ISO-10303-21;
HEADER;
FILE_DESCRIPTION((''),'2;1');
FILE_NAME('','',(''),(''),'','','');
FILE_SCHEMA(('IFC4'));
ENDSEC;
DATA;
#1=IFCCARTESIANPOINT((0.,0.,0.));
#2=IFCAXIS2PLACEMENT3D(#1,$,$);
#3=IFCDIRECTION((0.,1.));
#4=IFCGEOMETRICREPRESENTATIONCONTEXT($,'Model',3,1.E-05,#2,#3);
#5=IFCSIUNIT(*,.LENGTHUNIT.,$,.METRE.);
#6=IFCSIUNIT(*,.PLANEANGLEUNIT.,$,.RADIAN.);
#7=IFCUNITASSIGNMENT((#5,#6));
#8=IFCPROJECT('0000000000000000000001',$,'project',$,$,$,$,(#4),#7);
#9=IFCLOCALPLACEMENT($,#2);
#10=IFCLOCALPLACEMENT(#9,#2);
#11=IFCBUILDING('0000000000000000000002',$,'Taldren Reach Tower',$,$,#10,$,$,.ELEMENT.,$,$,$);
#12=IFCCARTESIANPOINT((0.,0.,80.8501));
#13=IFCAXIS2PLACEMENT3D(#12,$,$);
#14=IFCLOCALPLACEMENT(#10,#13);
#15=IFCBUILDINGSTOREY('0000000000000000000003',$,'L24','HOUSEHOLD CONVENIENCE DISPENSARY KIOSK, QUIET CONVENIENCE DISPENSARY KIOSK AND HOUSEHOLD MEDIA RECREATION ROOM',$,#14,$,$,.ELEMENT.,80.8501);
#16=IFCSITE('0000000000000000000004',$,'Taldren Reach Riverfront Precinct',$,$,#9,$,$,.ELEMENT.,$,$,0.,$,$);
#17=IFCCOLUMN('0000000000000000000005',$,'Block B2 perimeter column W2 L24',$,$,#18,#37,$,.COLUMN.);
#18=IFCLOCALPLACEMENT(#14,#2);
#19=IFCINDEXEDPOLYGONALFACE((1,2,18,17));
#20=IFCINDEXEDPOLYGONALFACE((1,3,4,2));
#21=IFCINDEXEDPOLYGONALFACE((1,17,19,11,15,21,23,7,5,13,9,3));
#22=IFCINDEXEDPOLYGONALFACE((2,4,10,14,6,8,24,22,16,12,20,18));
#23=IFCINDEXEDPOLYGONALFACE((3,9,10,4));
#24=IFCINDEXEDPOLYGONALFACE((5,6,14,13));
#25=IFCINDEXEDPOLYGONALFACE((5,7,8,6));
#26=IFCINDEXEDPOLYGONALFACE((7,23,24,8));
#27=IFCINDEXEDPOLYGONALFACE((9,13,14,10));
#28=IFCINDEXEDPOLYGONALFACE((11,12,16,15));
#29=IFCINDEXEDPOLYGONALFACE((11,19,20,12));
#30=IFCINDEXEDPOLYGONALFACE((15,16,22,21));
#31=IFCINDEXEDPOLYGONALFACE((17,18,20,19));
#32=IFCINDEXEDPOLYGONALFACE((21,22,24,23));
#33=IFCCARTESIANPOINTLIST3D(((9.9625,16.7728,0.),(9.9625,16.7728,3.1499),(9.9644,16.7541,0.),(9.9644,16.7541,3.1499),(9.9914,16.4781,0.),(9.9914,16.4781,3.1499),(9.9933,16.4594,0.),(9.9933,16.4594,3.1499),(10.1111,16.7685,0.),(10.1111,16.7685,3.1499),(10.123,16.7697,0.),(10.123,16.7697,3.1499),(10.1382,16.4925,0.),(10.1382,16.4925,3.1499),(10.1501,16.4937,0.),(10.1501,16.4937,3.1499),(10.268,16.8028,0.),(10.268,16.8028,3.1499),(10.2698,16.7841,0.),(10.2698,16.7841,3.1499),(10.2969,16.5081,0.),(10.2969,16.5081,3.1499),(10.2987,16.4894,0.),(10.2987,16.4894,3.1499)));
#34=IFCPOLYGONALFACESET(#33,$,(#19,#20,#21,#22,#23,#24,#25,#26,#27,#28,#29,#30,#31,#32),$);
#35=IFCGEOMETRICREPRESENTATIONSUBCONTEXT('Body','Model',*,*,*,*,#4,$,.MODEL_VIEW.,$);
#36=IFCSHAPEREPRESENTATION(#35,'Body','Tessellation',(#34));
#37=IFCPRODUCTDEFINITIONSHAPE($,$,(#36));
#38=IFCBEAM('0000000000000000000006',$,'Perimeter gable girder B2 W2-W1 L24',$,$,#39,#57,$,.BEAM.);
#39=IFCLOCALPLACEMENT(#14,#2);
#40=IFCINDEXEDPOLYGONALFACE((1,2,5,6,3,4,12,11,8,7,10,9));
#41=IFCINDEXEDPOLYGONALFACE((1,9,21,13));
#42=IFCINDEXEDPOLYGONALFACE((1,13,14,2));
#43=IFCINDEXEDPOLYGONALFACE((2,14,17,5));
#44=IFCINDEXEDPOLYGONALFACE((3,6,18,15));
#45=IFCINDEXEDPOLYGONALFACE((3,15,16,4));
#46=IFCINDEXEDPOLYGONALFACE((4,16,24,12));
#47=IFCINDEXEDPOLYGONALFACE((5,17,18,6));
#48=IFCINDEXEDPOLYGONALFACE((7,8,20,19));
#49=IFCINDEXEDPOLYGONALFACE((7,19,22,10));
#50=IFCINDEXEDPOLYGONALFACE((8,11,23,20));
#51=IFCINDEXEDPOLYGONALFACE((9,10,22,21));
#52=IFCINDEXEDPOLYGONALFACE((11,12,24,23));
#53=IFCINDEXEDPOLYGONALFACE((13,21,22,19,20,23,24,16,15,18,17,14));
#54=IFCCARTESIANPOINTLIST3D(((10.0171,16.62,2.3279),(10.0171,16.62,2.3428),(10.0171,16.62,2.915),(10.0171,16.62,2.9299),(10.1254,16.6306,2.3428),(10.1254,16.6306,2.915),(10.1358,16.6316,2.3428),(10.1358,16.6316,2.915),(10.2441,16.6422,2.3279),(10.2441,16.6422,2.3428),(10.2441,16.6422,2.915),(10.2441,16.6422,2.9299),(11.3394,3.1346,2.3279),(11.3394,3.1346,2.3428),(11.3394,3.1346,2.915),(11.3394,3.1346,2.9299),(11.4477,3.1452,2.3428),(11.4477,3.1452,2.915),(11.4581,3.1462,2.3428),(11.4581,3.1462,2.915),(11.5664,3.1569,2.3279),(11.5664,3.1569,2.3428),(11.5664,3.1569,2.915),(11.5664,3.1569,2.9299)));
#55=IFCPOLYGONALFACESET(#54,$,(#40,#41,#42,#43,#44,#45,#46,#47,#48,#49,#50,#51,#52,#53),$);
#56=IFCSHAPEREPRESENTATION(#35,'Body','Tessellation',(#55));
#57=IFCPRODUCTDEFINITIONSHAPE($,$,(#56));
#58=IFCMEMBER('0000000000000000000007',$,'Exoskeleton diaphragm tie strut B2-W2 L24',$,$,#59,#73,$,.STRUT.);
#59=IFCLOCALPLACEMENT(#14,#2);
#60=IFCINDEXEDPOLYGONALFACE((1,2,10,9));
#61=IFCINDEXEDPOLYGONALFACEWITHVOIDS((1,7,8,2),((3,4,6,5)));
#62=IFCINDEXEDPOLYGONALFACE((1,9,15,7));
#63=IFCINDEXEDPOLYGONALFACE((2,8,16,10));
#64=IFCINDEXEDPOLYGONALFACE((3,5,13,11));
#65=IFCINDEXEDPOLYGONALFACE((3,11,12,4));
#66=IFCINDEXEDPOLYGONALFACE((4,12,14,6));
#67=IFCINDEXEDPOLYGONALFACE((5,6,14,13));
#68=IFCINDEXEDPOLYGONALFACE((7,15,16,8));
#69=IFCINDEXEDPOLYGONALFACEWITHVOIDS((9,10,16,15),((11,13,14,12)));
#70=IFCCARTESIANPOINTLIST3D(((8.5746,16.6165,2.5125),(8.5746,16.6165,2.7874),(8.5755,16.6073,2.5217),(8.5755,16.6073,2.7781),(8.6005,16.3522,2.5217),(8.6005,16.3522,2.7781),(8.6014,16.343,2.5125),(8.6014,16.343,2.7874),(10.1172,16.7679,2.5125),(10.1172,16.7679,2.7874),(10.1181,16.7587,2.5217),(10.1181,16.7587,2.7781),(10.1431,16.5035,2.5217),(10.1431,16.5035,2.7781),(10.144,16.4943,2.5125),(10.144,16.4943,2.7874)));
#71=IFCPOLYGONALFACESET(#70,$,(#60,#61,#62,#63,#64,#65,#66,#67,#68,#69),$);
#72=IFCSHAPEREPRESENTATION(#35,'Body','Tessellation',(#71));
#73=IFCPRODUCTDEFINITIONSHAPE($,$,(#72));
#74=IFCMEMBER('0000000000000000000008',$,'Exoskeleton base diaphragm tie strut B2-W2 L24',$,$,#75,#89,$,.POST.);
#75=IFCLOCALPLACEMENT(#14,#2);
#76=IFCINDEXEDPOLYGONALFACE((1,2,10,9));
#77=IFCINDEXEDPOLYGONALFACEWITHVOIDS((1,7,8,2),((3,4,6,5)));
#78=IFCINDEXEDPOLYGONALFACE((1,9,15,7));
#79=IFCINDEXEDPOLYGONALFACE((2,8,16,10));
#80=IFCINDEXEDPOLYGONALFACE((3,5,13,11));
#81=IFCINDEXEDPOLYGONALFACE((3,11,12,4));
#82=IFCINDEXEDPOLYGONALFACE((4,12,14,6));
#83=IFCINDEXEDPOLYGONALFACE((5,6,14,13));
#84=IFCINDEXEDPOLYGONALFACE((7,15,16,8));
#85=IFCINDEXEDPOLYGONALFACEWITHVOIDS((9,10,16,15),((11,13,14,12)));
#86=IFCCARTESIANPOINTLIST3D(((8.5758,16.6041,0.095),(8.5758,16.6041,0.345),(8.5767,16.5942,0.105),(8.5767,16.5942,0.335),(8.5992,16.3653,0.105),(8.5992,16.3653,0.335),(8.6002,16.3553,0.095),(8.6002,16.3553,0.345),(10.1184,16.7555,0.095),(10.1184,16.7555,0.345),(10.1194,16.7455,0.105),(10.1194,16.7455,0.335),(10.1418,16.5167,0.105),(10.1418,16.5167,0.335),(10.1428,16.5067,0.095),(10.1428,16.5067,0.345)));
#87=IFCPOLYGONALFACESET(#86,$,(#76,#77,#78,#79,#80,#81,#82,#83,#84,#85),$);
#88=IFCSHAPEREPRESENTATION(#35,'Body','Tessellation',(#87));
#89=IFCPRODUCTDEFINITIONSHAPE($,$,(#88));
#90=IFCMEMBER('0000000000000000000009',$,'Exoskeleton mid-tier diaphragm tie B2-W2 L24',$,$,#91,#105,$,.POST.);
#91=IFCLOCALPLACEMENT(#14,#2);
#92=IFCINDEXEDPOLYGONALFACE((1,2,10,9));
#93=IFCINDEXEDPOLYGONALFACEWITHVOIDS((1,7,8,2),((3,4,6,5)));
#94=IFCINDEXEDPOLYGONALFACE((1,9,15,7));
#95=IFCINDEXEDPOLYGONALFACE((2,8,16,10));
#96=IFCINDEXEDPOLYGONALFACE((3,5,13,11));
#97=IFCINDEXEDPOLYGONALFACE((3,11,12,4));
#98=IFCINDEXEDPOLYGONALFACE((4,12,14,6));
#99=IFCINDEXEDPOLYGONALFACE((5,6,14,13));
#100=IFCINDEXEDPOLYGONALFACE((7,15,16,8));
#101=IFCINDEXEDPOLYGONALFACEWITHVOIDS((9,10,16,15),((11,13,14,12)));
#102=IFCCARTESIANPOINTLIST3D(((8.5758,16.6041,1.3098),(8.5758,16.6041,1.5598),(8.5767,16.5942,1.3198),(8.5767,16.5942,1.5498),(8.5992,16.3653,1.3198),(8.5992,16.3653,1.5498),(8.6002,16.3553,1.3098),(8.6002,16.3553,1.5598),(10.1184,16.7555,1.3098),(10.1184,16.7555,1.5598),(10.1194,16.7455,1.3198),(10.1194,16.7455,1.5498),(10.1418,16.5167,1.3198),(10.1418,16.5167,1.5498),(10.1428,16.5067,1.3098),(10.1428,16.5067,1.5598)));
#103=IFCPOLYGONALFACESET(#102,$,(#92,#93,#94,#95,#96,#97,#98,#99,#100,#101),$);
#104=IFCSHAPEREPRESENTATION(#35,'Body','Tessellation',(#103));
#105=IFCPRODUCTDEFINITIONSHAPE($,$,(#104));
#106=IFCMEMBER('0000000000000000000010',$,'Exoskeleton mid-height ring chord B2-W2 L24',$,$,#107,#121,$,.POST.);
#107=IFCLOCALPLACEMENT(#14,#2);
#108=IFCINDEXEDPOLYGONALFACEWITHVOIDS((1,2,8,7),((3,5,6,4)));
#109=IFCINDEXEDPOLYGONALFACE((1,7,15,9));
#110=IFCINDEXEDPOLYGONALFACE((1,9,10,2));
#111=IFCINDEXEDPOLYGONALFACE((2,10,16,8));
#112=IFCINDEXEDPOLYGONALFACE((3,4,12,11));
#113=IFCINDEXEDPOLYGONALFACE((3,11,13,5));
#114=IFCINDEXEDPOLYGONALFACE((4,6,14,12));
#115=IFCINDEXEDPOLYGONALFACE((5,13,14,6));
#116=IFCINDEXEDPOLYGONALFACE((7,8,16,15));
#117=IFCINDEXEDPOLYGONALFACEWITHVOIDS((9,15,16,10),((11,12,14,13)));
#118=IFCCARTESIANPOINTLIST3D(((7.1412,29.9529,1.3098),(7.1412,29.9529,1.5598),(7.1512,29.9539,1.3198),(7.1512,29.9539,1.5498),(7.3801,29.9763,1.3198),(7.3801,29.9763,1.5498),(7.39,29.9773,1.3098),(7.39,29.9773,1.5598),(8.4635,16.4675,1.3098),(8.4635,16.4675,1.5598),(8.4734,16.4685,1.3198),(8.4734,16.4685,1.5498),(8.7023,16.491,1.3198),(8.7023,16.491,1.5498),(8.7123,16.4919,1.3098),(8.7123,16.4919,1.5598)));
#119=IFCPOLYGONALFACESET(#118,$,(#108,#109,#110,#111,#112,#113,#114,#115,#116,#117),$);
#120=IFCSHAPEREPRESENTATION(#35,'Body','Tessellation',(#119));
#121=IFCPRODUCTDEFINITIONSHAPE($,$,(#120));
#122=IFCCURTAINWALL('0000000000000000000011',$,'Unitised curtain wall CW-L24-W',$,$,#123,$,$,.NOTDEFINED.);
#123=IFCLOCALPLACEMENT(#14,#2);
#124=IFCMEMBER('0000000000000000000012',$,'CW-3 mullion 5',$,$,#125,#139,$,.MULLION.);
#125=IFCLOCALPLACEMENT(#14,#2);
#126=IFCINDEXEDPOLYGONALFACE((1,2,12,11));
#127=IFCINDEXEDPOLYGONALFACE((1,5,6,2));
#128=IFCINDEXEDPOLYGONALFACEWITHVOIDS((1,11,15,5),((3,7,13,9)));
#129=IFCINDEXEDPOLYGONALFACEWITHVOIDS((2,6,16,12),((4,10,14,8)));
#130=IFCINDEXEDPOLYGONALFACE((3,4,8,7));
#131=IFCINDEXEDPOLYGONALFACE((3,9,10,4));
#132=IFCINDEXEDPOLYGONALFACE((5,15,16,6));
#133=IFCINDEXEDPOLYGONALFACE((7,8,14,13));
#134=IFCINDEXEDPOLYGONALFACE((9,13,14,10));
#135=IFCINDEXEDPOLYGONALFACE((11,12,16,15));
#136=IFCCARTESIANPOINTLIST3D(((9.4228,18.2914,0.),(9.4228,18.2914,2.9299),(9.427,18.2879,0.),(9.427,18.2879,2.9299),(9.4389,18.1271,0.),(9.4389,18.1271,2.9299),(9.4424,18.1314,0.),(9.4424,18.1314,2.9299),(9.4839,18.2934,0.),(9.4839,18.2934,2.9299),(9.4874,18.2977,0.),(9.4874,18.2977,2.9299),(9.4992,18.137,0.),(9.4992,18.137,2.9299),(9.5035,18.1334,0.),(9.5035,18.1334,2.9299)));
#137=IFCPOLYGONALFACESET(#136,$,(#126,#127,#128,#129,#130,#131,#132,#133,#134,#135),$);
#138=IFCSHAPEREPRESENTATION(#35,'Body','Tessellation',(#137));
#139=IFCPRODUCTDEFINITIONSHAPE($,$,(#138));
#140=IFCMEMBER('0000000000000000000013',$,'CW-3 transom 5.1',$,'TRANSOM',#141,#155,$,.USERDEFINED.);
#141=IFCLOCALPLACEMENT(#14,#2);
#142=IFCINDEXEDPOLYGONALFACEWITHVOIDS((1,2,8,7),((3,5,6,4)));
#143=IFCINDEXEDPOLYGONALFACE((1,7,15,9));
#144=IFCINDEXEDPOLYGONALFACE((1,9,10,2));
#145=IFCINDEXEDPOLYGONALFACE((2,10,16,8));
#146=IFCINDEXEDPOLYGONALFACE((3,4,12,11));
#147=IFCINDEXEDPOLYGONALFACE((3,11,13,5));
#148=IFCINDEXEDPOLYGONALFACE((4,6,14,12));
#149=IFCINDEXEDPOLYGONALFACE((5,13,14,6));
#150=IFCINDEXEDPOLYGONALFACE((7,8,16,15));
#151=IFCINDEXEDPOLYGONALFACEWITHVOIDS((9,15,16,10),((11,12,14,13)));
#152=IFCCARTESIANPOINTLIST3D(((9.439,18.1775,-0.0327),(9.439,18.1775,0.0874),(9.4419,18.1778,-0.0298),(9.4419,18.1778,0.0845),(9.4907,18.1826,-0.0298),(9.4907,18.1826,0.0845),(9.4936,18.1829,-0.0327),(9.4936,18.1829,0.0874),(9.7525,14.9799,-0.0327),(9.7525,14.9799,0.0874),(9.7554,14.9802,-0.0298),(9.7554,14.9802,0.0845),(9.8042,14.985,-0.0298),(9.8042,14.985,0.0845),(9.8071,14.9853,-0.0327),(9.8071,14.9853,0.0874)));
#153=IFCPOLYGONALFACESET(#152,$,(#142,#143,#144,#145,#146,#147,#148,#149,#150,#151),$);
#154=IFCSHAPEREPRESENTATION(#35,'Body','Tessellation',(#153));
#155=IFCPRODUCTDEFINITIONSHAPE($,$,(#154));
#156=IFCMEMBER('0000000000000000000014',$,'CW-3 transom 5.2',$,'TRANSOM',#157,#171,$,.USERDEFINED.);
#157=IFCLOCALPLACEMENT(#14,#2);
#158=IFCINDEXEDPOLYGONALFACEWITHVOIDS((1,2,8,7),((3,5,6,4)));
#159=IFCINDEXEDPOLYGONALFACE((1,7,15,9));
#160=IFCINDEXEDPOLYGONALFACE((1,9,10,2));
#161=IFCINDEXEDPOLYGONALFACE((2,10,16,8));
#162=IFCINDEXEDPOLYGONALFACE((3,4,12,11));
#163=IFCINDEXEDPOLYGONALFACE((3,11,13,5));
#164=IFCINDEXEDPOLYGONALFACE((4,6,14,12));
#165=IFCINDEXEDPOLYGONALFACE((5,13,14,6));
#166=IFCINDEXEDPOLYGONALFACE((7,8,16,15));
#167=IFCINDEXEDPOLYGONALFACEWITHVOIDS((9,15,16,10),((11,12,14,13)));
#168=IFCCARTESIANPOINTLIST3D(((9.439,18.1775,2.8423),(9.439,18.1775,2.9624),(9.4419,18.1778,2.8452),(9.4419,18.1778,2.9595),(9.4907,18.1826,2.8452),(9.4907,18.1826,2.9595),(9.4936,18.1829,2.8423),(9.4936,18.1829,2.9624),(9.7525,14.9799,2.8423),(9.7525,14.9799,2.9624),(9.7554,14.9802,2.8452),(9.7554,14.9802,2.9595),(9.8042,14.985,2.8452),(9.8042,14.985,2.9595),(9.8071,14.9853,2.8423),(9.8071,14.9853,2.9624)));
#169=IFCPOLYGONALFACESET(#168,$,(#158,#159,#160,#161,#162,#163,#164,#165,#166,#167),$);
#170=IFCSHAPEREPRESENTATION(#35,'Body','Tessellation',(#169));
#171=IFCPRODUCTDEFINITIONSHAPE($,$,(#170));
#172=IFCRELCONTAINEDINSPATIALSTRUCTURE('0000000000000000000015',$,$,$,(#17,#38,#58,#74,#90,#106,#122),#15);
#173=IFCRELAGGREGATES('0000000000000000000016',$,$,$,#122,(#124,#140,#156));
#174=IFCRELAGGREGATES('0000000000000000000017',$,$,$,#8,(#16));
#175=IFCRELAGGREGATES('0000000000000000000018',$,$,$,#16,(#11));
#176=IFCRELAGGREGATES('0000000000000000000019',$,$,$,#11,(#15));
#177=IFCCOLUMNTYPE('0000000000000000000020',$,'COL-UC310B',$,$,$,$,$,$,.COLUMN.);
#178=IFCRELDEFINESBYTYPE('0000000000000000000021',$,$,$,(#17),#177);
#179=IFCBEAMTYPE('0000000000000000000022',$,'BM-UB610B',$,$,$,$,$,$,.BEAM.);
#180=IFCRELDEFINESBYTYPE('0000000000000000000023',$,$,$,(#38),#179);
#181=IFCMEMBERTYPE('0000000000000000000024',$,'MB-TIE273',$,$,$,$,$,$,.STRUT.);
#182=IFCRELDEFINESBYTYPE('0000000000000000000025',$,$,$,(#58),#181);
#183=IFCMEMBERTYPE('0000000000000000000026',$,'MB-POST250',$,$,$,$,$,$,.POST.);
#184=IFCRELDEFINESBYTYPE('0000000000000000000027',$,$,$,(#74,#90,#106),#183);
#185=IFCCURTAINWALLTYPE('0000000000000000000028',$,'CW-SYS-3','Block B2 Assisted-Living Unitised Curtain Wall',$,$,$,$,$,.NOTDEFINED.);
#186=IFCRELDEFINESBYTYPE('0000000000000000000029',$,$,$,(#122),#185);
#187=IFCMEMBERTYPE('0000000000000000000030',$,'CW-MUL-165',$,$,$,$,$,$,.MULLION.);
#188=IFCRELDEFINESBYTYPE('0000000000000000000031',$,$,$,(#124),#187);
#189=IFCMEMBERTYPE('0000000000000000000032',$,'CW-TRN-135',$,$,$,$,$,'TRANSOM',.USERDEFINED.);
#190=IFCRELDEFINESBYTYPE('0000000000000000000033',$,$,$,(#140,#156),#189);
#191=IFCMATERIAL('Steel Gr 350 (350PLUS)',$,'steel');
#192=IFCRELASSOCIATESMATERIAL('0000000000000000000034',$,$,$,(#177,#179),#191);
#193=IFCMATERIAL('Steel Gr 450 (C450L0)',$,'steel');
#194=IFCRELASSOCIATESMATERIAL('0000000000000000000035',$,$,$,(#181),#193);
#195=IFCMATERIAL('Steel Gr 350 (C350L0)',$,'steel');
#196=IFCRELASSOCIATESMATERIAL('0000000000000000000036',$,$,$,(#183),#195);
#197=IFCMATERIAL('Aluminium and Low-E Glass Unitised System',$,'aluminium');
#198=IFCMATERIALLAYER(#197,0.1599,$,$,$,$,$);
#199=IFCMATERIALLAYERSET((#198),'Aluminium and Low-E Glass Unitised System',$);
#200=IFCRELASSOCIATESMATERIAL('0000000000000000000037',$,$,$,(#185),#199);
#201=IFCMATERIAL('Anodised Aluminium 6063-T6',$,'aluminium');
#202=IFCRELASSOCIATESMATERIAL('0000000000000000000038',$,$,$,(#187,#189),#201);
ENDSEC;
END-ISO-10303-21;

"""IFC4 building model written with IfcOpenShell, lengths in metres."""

from ifc_helpers import new_model, si_unit, direction, frame, origin, origin_2d, place, context, subcontext, project, spatial, hollow_rectangle, i_section, extrude, source, transform, mapped, material, layer, layer_set, material_profile, profile_set, type_object, element, aggregate, save


model = new_model("IFC4")

# Units and contexts
model_context = context("Model", 3, precision=1e-05, world=origin(), true_north=direction((0.0, 1.0)))
body_context = subcontext(model_context, "Body", "Model", "MODEL_VIEW")
ifc_project = project(units=[si_unit("LENGTHUNIT", "METRE"), si_unit("PLANEANGLEUNIT", "RADIAN")], contexts=[model_context])

# Site, building, storey
site_placement = place(None, origin())
site = spatial("IfcSite", under=ifc_project, at=site_placement, Name="Taldren Reach Riverfront Precinct", CompositionType="ELEMENT", RefElevation=0.0)
building_placement = place(site_placement, origin())
building = spatial("IfcBuilding", under=site, at=building_placement, Name="Taldren Reach Tower", CompositionType="ELEMENT")
storey_placement = place(building_placement, frame((0.0, 0.0, 80.8501)))
storey = spatial("IfcBuildingStorey", under=building, at=storey_placement, Name="L24", Description="HOUSEHOLD CONVENIENCE DISPENSARY KIOSK, QUIET CONVENIENCE DISPENSARY KIOSK AND HOUSEHOLD MEDIA RECREATION ROOM", CompositionType="ELEMENT", Elevation=80.8501)

# Column
ifc_material_1 = material(Name="Steel Gr 350 (350PLUS)", Category="steel")
ifc_material_profile_1 = material_profile(ifc_material_1, i_section(OverallWidth=0.3069, OverallDepth=0.3149, WebThickness=0.012, FlangeThickness=0.0188, at=origin_2d()), Name="310UC118")
ifc_profile_set_1 = profile_set([ifc_material_profile_1], Name="Steel Gr 350 (350PLUS)")
column_type = type_object("IfcColumnType", Name="COL-UC310B", PredefinedType="COLUMN", material=ifc_profile_set_1)
shared_shape_1 = source(origin(), body_context, "Body", "SweptSolid", [
    extrude(i_section(OverallWidth=0.3069, OverallDepth=0.3149, WebThickness=0.012, FlangeThickness=0.0188, at=origin_2d()), origin(), (0.0, 0.0, 1.0), 3.1499),
])
column_placement = place(storey_placement, frame((10.1306, 16.6311, 0.0), z_axis=(0.0, 0.0, 1.0), x_axis=(0.995227, 0.097583, 0.0)))
element("IfcColumn", 1, at=column_placement, inside=storey, type_object=column_type, Name="Block B2 perimeter column W2 L24", PredefinedType="COLUMN", context=body_context, shape_type="MappedRepresentation", body=[
    mapped(shared_shape_1, transform((0.0, 0.0, 0.0), scale=1.0)),
])

# Beam
ifc_material_profile_2 = material_profile(ifc_material_1, i_section(OverallWidth=0.228, OverallDepth=0.6021, WebThickness=0.0105, FlangeThickness=0.0149, at=origin_2d()), Name="610UB101")
ifc_profile_set_2 = profile_set([ifc_material_profile_2], Name="Steel Gr 350 (350PLUS)")
beam_type = type_object("IfcBeamType", Name="BM-UB610B", PredefinedType="BEAM", material=ifc_profile_set_2)
shared_shape_2 = source(origin(), body_context, "Body", "SweptSolid", [
    extrude(i_section(OverallWidth=0.228, OverallDepth=0.6021, WebThickness=0.0105, FlangeThickness=0.0149, at=origin_2d()), origin(), (0.0, 0.0, 1.0), 13.55),
])
beam_placement = place(storey_placement, frame((10.1306, 16.6311, 2.6289), z_axis=(0.097584, -0.995227, 0.0), x_axis=(0.995227, 0.097584, 0.0)))
element("IfcBeam", 2, at=beam_placement, inside=storey, type_object=beam_type, Name="Perimeter gable girder B2 W2-W1 L24", PredefinedType="BEAM", context=body_context, shape_type="MappedRepresentation", body=[
    mapped(shared_shape_2, transform((0.0, 0.0, 0.0), scale=1.0)),
])

# Members
ifc_material_2 = material(Name="Steel Gr 450 (C450L0)", Category="steel")
ifc_material_profile_3 = material_profile(ifc_material_2, hollow_rectangle(XDim=0.2749, YDim=0.2749, WallThickness=0.0093, at=origin_2d()), Name="275x275x9.3SHS")
ifc_profile_set_3 = profile_set([ifc_material_profile_3], Name="Steel Gr 450 (C450L0)")
member_type_1 = type_object("IfcMemberType", Name="MB-TIE273", PredefinedType="STRUT", material=ifc_profile_set_3)
shared_shape_3 = source(origin(), body_context, "Body", "SweptSolid", [
    extrude(hollow_rectangle(XDim=0.2749, YDim=0.2749, WallThickness=0.0093, at=origin_2d()), origin(), (0.0, 0.0, 1.0), 1.55),
])
member_1_placement = place(storey_placement, frame((10.1306, 16.6311, 2.6499), z_axis=(-0.995221, -0.097648, 0.0), x_axis=(0.097648, -0.995221, 0.0)))
element("IfcMember", 3, at=member_1_placement, inside=storey, type_object=member_type_1, Name="Exoskeleton diaphragm tie strut B2-W2 L24", PredefinedType="STRUT", context=body_context, shape_type="MappedRepresentation", body=[
    mapped(shared_shape_3, transform((0.0, 0.0, 0.0), scale=1.0)),
])
ifc_material_3 = material(Name="Steel Gr 350 (C350L0)", Category="steel")
ifc_material_profile_4 = material_profile(ifc_material_3, hollow_rectangle(XDim=0.25, YDim=0.25, WallThickness=0.01, at=origin_2d()), Name="250x250x10.0SHS")
ifc_profile_set_4 = profile_set([ifc_material_profile_4], Name="Steel Gr 350 (C350L0)")
member_type_2 = type_object("IfcMemberType", Name="MB-POST250", PredefinedType="POST", material=ifc_profile_set_4)
shared_shape_4 = source(origin(), body_context, "Body", "SweptSolid", [
    extrude(hollow_rectangle(XDim=0.25, YDim=0.25, WallThickness=0.01, at=origin_2d()), origin(), (0.0, 0.0, 1.0), 1.55),
])
for number, where, z_axis, x_axis, name in (
    (4, (10.1306, 16.6311, 0.22), (-0.995221, -0.097648, 0.0), (0.097648, -0.995221, 0.0), "Exoskeleton base diaphragm tie strut B2-W2 L24"),
    (5, (10.1306, 16.6311, 1.4348), (-0.995221, -0.097648, 0.0), (0.097648, -0.995221, 0.0), "Exoskeleton mid-tier diaphragm tie B2-W2 L24"),
):
    element("IfcMember", number, at=place(storey_placement, frame(where, z_axis=z_axis, x_axis=x_axis)), inside=storey, type_object=member_type_2, Name=name, PredefinedType="POST", context=body_context, shape_type="MappedRepresentation", body=[
        mapped(shared_shape_4, transform((0.0, 0.0, 0.0), scale=1.0)),
    ])
shared_shape_5 = source(origin(), body_context, "Body", "SweptSolid", [
    extrude(hollow_rectangle(XDim=0.25, YDim=0.25, WallThickness=0.01, at=origin_2d()), origin(), (0.0, 0.0, 1.0), 13.55),
])
member_2_placement = place(storey_placement, frame((8.5879, 16.4797, 1.4348), z_axis=(-0.097584, 0.995227, 0.0), x_axis=(-0.995227, -0.097584, 0.0)))
element("IfcMember", 6, at=member_2_placement, inside=storey, type_object=member_type_2, Name="Exoskeleton mid-height ring chord B2-W2 L24", PredefinedType="POST", context=body_context, shape_type="MappedRepresentation", body=[
    mapped(shared_shape_5, transform((0.0, 0.0, 0.0), scale=1.0)),
])

# Curtain wall, members
ifc_material_4 = material(Name="Aluminium and Low-E Glass Unitised System", Category="aluminium")
ifc_layer_1 = layer(ifc_material_4, 0.1599)
ifc_layer_set_1 = layer_set([ifc_layer_1], Name="Aluminium and Low-E Glass Unitised System")
curtain_wall_type = type_object("IfcCurtainWallType", Name="CW-SYS-3", Description="Block B2 Assisted-Living Unitised Curtain Wall", PredefinedType="NOTDEFINED", material=ifc_layer_set_1)
curtain_wall_placement = place(storey_placement, origin())
curtain_wall = element("IfcCurtainWall", 7, at=curtain_wall_placement, inside=storey, type_object=curtain_wall_type, Name="Unitised curtain wall CW-L24-W", PredefinedType="NOTDEFINED")
ifc_material_5 = material(Name="Anodised Aluminium 6063-T6", Category="aluminium")
ifc_material_profile_5 = material_profile(ifc_material_5, hollow_rectangle(XDim=0.0649, YDim=0.165, WallThickness=0.0039, at=origin_2d()), Name="ALU-165x65x4RHS")
ifc_profile_set_5 = profile_set([ifc_material_profile_5], Name="Anodised Aluminium 6063-T6")
member_type_3 = type_object("IfcMemberType", Name="CW-MUL-165", PredefinedType="MULLION", material=ifc_profile_set_5)
shared_shape_6 = source(origin(), body_context, "Body", "SweptSolid", [
    extrude(hollow_rectangle(XDim=0.0649, YDim=0.165, WallThickness=0.0039, at=origin_2d()), origin(), (0.0, 0.0, 1.0), 2.9299),
])
member_3_placement = place(storey_placement, frame((9.4631, 18.2124, 0.0), z_axis=(0.0, 0.0, 1.0), x_axis=(0.995227, 0.097583, 0.0)))
member_3 = element("IfcMember", 8, at=member_3_placement, type_object=member_type_3, Name="CW-3 mullion 5", PredefinedType="MULLION", context=body_context, shape_type="MappedRepresentation", body=[
    mapped(shared_shape_6, transform((0.0, 0.0, 0.0), scale=1.0)),
])
ifc_material_profile_6 = material_profile(ifc_material_5, hollow_rectangle(XDim=0.0549, YDim=0.1201, WallThickness=0.0029, at=origin_2d()), Name="ALU-120x55x3RHS")
ifc_profile_set_6 = profile_set([ifc_material_profile_6], Name="Anodised Aluminium 6063-T6")
member_type_4 = type_object("IfcMemberType", Name="CW-TRN-135", ElementType="TRANSOM", PredefinedType="USERDEFINED", material=ifc_profile_set_6)
shared_shape_7 = source(origin(), body_context, "Body", "SweptSolid", [
    extrude(hollow_rectangle(XDim=0.0549, YDim=0.1201, WallThickness=0.0029, at=origin_2d()), origin(), (0.0, 0.0, 1.0), 3.2129),
])
member_4_placement = place(storey_placement, frame((9.4663, 18.1802, 0.0273), z_axis=(0.09757, -0.995229, 0.0), x_axis=(0.995229, 0.09757, 0.0)))
member_4 = element("IfcMember", 9, at=member_4_placement, type_object=member_type_4, Name="CW-3 transom 5.1", ObjectType="TRANSOM", PredefinedType="USERDEFINED", context=body_context, shape_type="MappedRepresentation", body=[
    mapped(shared_shape_7, transform((0.0, 0.0, 0.0), scale=1.0)),
])
member_5_placement = place(storey_placement, frame((9.4663, 18.1802, 2.9023), z_axis=(0.09757, -0.995229, 0.0), x_axis=(0.995229, 0.09757, 0.0)))
member_5 = element("IfcMember", 10, at=member_5_placement, type_object=member_type_4, Name="CW-3 transom 5.2", ObjectType="TRANSOM", PredefinedType="USERDEFINED", context=body_context, shape_type="MappedRepresentation", body=[
    mapped(shared_shape_7, transform((0.0, 0.0, 0.0), scale=1.0)),
])

aggregate(curtain_wall, [member_3, member_4, member_5])

save(model, "model.ifc")
